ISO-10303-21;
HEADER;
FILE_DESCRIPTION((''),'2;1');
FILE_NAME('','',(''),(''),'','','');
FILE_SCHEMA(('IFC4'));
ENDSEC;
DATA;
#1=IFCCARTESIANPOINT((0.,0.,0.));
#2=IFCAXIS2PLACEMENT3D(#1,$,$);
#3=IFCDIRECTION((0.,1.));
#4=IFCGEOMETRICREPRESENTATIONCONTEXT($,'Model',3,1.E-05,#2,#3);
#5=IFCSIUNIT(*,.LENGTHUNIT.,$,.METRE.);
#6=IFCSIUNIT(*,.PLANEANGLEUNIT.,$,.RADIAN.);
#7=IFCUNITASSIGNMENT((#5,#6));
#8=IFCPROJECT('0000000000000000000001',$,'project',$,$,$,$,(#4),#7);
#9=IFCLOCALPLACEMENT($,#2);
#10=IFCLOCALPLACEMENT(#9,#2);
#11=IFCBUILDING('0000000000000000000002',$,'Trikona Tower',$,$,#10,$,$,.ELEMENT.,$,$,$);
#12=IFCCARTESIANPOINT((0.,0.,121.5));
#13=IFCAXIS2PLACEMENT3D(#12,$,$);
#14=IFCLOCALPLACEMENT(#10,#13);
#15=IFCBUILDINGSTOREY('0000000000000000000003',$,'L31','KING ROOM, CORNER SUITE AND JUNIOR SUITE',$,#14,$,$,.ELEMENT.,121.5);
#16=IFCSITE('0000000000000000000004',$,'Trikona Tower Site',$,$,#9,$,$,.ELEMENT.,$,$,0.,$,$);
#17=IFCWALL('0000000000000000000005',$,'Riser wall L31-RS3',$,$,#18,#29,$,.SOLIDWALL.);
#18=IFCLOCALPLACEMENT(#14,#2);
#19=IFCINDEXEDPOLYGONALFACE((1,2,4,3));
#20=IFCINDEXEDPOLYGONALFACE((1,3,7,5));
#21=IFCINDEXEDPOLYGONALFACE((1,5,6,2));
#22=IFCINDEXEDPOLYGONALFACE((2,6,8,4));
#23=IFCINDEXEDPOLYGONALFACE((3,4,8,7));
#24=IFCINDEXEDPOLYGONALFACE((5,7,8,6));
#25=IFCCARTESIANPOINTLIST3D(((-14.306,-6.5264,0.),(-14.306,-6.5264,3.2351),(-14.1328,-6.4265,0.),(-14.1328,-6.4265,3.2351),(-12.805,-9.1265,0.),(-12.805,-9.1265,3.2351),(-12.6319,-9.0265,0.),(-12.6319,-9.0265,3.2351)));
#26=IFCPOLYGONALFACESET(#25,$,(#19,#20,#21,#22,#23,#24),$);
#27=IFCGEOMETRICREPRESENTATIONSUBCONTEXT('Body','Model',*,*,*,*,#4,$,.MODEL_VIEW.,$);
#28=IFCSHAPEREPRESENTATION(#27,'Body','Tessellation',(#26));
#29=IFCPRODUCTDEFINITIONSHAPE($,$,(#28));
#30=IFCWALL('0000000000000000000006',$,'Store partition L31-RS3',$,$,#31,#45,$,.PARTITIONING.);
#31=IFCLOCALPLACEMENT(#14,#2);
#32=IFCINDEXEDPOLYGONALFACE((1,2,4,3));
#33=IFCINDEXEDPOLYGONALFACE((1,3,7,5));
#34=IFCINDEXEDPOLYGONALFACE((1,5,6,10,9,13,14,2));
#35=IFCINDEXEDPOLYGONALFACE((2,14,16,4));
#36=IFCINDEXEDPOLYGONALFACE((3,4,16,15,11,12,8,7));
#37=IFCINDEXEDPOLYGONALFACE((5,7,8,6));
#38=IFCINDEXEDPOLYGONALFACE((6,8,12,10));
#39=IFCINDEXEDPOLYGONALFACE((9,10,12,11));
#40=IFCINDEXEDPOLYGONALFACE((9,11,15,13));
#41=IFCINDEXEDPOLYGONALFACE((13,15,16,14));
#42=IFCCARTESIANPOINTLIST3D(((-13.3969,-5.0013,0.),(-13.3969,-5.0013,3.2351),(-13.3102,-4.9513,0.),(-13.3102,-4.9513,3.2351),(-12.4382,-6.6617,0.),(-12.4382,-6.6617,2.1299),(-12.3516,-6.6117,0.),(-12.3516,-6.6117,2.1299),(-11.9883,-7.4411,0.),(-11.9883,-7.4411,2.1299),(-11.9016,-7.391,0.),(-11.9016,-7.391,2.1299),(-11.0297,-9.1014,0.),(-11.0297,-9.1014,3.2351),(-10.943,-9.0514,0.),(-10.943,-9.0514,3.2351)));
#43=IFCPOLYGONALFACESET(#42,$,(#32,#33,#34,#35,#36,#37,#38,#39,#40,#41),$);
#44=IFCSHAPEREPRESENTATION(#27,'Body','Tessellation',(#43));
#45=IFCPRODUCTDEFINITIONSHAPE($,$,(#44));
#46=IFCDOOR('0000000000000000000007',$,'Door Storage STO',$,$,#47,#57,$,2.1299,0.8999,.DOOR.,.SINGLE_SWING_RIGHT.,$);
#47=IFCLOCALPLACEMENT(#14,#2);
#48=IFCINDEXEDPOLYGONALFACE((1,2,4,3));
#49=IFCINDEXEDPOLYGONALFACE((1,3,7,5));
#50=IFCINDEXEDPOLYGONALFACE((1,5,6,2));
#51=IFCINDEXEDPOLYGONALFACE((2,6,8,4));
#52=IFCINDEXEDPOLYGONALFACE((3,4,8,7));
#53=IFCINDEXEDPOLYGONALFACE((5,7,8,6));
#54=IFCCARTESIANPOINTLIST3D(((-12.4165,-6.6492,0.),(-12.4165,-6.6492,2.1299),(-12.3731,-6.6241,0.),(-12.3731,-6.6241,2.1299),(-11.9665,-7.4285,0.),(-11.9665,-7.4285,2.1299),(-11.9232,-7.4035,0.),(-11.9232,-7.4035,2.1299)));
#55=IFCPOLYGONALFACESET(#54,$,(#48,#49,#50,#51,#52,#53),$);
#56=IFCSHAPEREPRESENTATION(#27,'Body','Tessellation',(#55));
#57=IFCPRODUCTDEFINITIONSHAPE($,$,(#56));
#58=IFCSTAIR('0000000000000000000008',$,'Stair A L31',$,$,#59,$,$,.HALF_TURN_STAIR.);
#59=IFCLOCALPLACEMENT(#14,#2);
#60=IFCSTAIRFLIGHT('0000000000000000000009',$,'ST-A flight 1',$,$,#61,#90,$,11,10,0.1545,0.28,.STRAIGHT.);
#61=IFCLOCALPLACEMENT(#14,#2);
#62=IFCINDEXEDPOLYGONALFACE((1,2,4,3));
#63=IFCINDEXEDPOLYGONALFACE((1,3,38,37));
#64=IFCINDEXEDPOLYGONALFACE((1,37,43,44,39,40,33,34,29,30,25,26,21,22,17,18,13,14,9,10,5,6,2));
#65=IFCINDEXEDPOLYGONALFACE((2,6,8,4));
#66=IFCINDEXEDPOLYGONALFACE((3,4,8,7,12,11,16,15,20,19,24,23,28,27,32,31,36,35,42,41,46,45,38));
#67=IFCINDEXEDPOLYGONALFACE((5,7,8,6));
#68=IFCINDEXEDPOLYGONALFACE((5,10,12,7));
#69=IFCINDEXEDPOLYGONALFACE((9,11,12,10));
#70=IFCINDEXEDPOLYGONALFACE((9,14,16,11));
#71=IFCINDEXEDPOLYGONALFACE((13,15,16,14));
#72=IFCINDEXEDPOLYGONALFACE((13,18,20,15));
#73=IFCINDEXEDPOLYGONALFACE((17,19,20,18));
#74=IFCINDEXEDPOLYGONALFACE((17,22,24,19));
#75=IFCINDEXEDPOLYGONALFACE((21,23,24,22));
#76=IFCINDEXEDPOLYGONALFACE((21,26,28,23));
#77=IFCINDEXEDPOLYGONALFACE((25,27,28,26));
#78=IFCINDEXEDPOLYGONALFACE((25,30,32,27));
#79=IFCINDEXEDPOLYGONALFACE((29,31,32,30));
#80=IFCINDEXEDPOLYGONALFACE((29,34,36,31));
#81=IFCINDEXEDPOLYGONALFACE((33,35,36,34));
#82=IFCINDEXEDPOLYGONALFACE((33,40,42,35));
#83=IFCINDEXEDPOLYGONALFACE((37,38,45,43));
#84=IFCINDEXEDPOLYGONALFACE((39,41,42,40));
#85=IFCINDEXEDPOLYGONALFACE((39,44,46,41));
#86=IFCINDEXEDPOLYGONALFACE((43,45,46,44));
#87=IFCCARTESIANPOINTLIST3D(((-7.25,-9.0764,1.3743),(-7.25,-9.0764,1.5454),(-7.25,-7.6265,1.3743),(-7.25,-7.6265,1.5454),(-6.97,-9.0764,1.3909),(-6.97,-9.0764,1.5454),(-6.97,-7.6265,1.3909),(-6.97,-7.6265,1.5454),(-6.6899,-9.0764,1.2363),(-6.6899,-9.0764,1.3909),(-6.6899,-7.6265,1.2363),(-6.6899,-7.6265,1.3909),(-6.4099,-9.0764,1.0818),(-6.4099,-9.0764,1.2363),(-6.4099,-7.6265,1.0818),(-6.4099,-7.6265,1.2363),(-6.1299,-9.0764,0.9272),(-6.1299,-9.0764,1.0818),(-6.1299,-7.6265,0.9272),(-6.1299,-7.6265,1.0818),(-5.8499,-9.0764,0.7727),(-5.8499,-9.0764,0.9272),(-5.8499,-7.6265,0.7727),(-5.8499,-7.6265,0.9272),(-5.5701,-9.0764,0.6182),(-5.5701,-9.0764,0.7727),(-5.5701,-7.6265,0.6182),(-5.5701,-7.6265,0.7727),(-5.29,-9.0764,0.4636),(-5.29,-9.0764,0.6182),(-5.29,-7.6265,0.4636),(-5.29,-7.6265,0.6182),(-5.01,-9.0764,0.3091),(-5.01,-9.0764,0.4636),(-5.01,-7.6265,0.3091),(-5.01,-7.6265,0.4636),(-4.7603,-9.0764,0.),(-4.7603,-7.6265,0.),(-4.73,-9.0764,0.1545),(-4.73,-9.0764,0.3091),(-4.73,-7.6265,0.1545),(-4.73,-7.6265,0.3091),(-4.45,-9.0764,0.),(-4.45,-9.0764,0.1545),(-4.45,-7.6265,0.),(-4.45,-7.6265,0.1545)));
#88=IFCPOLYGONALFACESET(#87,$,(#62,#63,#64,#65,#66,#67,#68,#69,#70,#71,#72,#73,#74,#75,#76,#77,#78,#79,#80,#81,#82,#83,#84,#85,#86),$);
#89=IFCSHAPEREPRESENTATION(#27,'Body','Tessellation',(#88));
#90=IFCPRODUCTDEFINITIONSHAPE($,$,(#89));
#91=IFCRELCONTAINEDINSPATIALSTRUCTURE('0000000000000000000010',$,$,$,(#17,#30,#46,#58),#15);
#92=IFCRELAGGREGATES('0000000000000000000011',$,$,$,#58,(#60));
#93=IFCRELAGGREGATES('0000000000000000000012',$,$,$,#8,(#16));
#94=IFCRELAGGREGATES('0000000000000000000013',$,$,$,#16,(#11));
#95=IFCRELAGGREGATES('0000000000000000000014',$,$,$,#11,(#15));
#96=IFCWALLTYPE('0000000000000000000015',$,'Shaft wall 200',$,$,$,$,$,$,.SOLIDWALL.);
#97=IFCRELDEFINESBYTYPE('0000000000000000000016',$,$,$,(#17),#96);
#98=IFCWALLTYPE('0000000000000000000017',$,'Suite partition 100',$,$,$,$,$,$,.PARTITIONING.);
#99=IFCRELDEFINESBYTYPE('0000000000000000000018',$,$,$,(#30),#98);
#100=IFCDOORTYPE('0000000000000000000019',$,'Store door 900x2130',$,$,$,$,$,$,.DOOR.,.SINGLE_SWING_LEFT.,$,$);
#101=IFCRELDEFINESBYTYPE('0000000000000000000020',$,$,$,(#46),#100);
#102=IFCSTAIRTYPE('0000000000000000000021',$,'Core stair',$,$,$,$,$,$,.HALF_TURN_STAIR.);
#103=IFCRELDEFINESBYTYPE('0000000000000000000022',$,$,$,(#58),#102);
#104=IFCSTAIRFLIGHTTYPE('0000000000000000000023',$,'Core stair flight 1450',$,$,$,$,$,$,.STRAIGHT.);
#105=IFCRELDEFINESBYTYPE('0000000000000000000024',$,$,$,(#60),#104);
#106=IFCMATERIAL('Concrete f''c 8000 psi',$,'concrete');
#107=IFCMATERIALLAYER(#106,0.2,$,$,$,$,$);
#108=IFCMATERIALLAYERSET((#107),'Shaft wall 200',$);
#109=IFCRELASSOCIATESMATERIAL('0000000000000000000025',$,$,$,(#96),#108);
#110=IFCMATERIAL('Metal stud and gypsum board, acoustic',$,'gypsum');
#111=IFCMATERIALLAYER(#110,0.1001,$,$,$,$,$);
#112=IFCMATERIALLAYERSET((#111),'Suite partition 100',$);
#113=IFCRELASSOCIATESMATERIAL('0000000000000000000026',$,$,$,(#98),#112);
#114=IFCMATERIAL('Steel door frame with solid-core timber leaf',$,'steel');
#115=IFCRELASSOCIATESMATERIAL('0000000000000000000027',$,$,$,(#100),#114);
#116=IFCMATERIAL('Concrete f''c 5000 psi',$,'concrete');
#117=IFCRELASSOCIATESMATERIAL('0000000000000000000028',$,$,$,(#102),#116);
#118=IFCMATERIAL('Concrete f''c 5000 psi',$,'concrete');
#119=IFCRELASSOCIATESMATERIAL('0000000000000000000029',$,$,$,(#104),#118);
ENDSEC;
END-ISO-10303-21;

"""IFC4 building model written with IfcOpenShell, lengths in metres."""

from ifc_helpers import new_model, si_unit, direction, frame, frame_2d, origin, place, context, subcontext, project, spatial, polyline, rectangle, outline, extrude, material, layer, layer_set, type_object, element, fill, aggregate, save


model = new_model("IFC4")

# Units and contexts
model_context = context("Model", 3, precision=1e-05, world=origin(), true_north=direction((0.0, 1.0)))
body_context = subcontext(model_context, "Body", "Model", "MODEL_VIEW")
ifc_project = project(units=[si_unit("LENGTHUNIT", "METRE"), si_unit("PLANEANGLEUNIT", "RADIAN")], contexts=[model_context])

# Site, building, storey
site_placement = place(None, origin())
site = spatial("IfcSite", under=ifc_project, at=site_placement, Name="Trikona Tower Site", CompositionType="ELEMENT", RefElevation=0.0)
building_placement = place(site_placement, origin())
building = spatial("IfcBuilding", under=site, at=building_placement, Name="Trikona Tower", CompositionType="ELEMENT")
storey_placement = place(building_placement, frame((0.0, 0.0, 121.5)))
storey = spatial("IfcBuildingStorey", under=building, at=storey_placement, Name="L31", Description="KING ROOM, CORNER SUITE AND JUNIOR SUITE", CompositionType="ELEMENT", Elevation=121.5)

# Wall
ifc_material_1 = material(Name="Concrete f'c 8000 psi", Category="concrete")
ifc_layer_1 = layer(ifc_material_1, 0.2)
ifc_layer_set_1 = layer_set([ifc_layer_1], Name="Shaft wall 200")
wall_type_1 = type_object("IfcWallType", Name="Shaft wall 200", PredefinedType="SOLIDWALL", material=ifc_layer_set_1)
wall_1_placement = place(storey_placement, frame((-12.7185, -9.0764, 0.0), z_axis=(0.0, 0.0, 1.0), x_axis=(-0.499952, 0.866053, 0.0)))
element("IfcWall", 1, at=wall_1_placement, inside=storey, type_object=wall_type_1, Name="Riser wall L31-RS3", PredefinedType="SOLIDWALL", context=body_context, shape_type="SweptSolid", body=[
    extrude(rectangle(XDim=3.0022, YDim=0.2, at=frame_2d((1.501, 0.0))), origin(), (0.0, 0.0, 1.0), 3.2351),
])

# Wall, opening, door
ifc_material_2 = material(Name="Metal stud and gypsum board, acoustic", Category="gypsum")
ifc_layer_2 = layer(ifc_material_2, 0.1001)
ifc_layer_set_2 = layer_set([ifc_layer_2], Name="Suite partition 100")
wall_type_2 = type_object("IfcWallType", Name="Suite partition 100", PredefinedType="PARTITIONING", material=ifc_layer_set_2)
wall_2_placement = place(storey_placement, frame((-10.9863, -9.0764, 0.0), z_axis=(0.0, 0.0, 1.0), x_axis=(-0.499999, 0.866026, 0.0)))
wall_2 = element("IfcWall", 2, at=wall_2_placement, inside=storey, type_object=wall_type_2, Name="Store partition L31-RS3", PredefinedType="PARTITIONING", context=body_context, shape_type="SweptSolid", body=[
    extrude(rectangle(XDim=4.7344, YDim=0.1001, at=frame_2d((2.3672, 0.0))), origin(), (0.0, 0.0, 1.0), 3.2351),
])
opening_1_placement = place(wall_2_placement, frame((1.9172, 0.0, 0.0)))
opening_1 = element("IfcOpeningElement", 3, at=opening_1_placement, cuts=wall_2, PredefinedType="OPENING", context=body_context, shape_type="SweptSolid", body=[
    extrude(rectangle(XDim=0.8999, YDim=2.1299, at=frame_2d((0.45, 1.0649))), frame((0.0, 0.0601, 0.0), z_axis=(0.0, -1.0, 0.0), x_axis=(1.0, 0.0, 0.0)), (0.0, 0.0, 1.0), 0.1201),
])
ifc_material_3 = material(Name="Steel door frame with solid-core timber leaf", Category="steel")
door_type_1 = type_object("IfcDoorType", Name="Store door 900x2130", OperationType="SINGLE_SWING_LEFT", PredefinedType="DOOR", material=ifc_material_3)
door_1_placement = place(opening_1_placement, origin())
door_1 = element("IfcDoor", 4, at=door_1_placement, inside=storey, type_object=door_type_1, Name="Door Storage STO", OperationType="SINGLE_SWING_RIGHT", OverallHeight=2.1299, OverallWidth=0.8999, PredefinedType="DOOR", context=body_context, shape_type="SweptSolid", body=[
    extrude(rectangle(XDim=0.8999, YDim=2.1299, at=frame_2d((0.45, 1.0649))), frame((0.0, 0.0249, 0.0), z_axis=(0.0, -1.0, 0.0), x_axis=(1.0, 0.0, 0.0)), (0.0, 0.0, 1.0), 0.05),
])
fill(opening_1, door_1)

# Stair, stair flight
ifc_material_4 = material(Name="Concrete f'c 5000 psi", Category="concrete")
stair_type = type_object("IfcStairType", Name="Core stair", PredefinedType="HALF_TURN_STAIR", material=ifc_material_4)
stair_placement = place(storey_placement, origin())
stair = element("IfcStair", 5, at=stair_placement, inside=storey, type_object=stair_type, Name="Stair A L31", PredefinedType="HALF_TURN_STAIR")
ifc_material_5 = material(Name="Concrete f'c 5000 psi", Category="concrete")
stair_flight_type = type_object("IfcStairFlightType", Name="Core stair flight 1450", PredefinedType="STRAIGHT", material=ifc_material_5)
stair_flight_placement = place(storey_placement, frame((-4.45, -8.3513, 0.0), z_axis=(0.0, 0.0, 1.0), x_axis=(-1.0, 0.0, 0.0)))
stair_flight = element("IfcStairFlight", 6, at=stair_flight_placement, type_object=stair_flight_type, Name="ST-A flight 1", NumberOfRisers=11, NumberOfTreads=10, PredefinedType="STRAIGHT", RiserHeight=0.1545, TreadLength=0.28, context=body_context, shape_type="SweptSolid", body=[
    extrude(outline(polyline([(0.0, 0.0), (0.0, 0.1545), (0.28, 0.1545), (0.28, 0.3091), (0.5601, 0.3091), (0.5601, 0.4636), (0.8401, 0.4636), (0.8401, 0.6182), (1.1201, 0.6182), (1.1201, 0.7727), (1.3999, 0.7727), (1.3999, 0.9272), (1.6799, 0.9272), (1.6799, 1.0818), (1.96, 1.0818), (1.96, 1.2363), (2.24, 1.2363), (2.24, 1.3909), (2.52, 1.3909), (2.52, 1.5454), (2.8, 1.5454), (2.8, 1.7), (2.8, 1.3743), (0.3103, 0.0), (0.0, 0.0)])), frame((0.0, 0.7251, 0.0), z_axis=(0.0, -1.0, 0.0), x_axis=(1.0, 0.0, 0.0)), (0.0, 0.0, 1.0), 1.45),
])
aggregate(stair, [stair_flight])

save(model, "model.ifc")
